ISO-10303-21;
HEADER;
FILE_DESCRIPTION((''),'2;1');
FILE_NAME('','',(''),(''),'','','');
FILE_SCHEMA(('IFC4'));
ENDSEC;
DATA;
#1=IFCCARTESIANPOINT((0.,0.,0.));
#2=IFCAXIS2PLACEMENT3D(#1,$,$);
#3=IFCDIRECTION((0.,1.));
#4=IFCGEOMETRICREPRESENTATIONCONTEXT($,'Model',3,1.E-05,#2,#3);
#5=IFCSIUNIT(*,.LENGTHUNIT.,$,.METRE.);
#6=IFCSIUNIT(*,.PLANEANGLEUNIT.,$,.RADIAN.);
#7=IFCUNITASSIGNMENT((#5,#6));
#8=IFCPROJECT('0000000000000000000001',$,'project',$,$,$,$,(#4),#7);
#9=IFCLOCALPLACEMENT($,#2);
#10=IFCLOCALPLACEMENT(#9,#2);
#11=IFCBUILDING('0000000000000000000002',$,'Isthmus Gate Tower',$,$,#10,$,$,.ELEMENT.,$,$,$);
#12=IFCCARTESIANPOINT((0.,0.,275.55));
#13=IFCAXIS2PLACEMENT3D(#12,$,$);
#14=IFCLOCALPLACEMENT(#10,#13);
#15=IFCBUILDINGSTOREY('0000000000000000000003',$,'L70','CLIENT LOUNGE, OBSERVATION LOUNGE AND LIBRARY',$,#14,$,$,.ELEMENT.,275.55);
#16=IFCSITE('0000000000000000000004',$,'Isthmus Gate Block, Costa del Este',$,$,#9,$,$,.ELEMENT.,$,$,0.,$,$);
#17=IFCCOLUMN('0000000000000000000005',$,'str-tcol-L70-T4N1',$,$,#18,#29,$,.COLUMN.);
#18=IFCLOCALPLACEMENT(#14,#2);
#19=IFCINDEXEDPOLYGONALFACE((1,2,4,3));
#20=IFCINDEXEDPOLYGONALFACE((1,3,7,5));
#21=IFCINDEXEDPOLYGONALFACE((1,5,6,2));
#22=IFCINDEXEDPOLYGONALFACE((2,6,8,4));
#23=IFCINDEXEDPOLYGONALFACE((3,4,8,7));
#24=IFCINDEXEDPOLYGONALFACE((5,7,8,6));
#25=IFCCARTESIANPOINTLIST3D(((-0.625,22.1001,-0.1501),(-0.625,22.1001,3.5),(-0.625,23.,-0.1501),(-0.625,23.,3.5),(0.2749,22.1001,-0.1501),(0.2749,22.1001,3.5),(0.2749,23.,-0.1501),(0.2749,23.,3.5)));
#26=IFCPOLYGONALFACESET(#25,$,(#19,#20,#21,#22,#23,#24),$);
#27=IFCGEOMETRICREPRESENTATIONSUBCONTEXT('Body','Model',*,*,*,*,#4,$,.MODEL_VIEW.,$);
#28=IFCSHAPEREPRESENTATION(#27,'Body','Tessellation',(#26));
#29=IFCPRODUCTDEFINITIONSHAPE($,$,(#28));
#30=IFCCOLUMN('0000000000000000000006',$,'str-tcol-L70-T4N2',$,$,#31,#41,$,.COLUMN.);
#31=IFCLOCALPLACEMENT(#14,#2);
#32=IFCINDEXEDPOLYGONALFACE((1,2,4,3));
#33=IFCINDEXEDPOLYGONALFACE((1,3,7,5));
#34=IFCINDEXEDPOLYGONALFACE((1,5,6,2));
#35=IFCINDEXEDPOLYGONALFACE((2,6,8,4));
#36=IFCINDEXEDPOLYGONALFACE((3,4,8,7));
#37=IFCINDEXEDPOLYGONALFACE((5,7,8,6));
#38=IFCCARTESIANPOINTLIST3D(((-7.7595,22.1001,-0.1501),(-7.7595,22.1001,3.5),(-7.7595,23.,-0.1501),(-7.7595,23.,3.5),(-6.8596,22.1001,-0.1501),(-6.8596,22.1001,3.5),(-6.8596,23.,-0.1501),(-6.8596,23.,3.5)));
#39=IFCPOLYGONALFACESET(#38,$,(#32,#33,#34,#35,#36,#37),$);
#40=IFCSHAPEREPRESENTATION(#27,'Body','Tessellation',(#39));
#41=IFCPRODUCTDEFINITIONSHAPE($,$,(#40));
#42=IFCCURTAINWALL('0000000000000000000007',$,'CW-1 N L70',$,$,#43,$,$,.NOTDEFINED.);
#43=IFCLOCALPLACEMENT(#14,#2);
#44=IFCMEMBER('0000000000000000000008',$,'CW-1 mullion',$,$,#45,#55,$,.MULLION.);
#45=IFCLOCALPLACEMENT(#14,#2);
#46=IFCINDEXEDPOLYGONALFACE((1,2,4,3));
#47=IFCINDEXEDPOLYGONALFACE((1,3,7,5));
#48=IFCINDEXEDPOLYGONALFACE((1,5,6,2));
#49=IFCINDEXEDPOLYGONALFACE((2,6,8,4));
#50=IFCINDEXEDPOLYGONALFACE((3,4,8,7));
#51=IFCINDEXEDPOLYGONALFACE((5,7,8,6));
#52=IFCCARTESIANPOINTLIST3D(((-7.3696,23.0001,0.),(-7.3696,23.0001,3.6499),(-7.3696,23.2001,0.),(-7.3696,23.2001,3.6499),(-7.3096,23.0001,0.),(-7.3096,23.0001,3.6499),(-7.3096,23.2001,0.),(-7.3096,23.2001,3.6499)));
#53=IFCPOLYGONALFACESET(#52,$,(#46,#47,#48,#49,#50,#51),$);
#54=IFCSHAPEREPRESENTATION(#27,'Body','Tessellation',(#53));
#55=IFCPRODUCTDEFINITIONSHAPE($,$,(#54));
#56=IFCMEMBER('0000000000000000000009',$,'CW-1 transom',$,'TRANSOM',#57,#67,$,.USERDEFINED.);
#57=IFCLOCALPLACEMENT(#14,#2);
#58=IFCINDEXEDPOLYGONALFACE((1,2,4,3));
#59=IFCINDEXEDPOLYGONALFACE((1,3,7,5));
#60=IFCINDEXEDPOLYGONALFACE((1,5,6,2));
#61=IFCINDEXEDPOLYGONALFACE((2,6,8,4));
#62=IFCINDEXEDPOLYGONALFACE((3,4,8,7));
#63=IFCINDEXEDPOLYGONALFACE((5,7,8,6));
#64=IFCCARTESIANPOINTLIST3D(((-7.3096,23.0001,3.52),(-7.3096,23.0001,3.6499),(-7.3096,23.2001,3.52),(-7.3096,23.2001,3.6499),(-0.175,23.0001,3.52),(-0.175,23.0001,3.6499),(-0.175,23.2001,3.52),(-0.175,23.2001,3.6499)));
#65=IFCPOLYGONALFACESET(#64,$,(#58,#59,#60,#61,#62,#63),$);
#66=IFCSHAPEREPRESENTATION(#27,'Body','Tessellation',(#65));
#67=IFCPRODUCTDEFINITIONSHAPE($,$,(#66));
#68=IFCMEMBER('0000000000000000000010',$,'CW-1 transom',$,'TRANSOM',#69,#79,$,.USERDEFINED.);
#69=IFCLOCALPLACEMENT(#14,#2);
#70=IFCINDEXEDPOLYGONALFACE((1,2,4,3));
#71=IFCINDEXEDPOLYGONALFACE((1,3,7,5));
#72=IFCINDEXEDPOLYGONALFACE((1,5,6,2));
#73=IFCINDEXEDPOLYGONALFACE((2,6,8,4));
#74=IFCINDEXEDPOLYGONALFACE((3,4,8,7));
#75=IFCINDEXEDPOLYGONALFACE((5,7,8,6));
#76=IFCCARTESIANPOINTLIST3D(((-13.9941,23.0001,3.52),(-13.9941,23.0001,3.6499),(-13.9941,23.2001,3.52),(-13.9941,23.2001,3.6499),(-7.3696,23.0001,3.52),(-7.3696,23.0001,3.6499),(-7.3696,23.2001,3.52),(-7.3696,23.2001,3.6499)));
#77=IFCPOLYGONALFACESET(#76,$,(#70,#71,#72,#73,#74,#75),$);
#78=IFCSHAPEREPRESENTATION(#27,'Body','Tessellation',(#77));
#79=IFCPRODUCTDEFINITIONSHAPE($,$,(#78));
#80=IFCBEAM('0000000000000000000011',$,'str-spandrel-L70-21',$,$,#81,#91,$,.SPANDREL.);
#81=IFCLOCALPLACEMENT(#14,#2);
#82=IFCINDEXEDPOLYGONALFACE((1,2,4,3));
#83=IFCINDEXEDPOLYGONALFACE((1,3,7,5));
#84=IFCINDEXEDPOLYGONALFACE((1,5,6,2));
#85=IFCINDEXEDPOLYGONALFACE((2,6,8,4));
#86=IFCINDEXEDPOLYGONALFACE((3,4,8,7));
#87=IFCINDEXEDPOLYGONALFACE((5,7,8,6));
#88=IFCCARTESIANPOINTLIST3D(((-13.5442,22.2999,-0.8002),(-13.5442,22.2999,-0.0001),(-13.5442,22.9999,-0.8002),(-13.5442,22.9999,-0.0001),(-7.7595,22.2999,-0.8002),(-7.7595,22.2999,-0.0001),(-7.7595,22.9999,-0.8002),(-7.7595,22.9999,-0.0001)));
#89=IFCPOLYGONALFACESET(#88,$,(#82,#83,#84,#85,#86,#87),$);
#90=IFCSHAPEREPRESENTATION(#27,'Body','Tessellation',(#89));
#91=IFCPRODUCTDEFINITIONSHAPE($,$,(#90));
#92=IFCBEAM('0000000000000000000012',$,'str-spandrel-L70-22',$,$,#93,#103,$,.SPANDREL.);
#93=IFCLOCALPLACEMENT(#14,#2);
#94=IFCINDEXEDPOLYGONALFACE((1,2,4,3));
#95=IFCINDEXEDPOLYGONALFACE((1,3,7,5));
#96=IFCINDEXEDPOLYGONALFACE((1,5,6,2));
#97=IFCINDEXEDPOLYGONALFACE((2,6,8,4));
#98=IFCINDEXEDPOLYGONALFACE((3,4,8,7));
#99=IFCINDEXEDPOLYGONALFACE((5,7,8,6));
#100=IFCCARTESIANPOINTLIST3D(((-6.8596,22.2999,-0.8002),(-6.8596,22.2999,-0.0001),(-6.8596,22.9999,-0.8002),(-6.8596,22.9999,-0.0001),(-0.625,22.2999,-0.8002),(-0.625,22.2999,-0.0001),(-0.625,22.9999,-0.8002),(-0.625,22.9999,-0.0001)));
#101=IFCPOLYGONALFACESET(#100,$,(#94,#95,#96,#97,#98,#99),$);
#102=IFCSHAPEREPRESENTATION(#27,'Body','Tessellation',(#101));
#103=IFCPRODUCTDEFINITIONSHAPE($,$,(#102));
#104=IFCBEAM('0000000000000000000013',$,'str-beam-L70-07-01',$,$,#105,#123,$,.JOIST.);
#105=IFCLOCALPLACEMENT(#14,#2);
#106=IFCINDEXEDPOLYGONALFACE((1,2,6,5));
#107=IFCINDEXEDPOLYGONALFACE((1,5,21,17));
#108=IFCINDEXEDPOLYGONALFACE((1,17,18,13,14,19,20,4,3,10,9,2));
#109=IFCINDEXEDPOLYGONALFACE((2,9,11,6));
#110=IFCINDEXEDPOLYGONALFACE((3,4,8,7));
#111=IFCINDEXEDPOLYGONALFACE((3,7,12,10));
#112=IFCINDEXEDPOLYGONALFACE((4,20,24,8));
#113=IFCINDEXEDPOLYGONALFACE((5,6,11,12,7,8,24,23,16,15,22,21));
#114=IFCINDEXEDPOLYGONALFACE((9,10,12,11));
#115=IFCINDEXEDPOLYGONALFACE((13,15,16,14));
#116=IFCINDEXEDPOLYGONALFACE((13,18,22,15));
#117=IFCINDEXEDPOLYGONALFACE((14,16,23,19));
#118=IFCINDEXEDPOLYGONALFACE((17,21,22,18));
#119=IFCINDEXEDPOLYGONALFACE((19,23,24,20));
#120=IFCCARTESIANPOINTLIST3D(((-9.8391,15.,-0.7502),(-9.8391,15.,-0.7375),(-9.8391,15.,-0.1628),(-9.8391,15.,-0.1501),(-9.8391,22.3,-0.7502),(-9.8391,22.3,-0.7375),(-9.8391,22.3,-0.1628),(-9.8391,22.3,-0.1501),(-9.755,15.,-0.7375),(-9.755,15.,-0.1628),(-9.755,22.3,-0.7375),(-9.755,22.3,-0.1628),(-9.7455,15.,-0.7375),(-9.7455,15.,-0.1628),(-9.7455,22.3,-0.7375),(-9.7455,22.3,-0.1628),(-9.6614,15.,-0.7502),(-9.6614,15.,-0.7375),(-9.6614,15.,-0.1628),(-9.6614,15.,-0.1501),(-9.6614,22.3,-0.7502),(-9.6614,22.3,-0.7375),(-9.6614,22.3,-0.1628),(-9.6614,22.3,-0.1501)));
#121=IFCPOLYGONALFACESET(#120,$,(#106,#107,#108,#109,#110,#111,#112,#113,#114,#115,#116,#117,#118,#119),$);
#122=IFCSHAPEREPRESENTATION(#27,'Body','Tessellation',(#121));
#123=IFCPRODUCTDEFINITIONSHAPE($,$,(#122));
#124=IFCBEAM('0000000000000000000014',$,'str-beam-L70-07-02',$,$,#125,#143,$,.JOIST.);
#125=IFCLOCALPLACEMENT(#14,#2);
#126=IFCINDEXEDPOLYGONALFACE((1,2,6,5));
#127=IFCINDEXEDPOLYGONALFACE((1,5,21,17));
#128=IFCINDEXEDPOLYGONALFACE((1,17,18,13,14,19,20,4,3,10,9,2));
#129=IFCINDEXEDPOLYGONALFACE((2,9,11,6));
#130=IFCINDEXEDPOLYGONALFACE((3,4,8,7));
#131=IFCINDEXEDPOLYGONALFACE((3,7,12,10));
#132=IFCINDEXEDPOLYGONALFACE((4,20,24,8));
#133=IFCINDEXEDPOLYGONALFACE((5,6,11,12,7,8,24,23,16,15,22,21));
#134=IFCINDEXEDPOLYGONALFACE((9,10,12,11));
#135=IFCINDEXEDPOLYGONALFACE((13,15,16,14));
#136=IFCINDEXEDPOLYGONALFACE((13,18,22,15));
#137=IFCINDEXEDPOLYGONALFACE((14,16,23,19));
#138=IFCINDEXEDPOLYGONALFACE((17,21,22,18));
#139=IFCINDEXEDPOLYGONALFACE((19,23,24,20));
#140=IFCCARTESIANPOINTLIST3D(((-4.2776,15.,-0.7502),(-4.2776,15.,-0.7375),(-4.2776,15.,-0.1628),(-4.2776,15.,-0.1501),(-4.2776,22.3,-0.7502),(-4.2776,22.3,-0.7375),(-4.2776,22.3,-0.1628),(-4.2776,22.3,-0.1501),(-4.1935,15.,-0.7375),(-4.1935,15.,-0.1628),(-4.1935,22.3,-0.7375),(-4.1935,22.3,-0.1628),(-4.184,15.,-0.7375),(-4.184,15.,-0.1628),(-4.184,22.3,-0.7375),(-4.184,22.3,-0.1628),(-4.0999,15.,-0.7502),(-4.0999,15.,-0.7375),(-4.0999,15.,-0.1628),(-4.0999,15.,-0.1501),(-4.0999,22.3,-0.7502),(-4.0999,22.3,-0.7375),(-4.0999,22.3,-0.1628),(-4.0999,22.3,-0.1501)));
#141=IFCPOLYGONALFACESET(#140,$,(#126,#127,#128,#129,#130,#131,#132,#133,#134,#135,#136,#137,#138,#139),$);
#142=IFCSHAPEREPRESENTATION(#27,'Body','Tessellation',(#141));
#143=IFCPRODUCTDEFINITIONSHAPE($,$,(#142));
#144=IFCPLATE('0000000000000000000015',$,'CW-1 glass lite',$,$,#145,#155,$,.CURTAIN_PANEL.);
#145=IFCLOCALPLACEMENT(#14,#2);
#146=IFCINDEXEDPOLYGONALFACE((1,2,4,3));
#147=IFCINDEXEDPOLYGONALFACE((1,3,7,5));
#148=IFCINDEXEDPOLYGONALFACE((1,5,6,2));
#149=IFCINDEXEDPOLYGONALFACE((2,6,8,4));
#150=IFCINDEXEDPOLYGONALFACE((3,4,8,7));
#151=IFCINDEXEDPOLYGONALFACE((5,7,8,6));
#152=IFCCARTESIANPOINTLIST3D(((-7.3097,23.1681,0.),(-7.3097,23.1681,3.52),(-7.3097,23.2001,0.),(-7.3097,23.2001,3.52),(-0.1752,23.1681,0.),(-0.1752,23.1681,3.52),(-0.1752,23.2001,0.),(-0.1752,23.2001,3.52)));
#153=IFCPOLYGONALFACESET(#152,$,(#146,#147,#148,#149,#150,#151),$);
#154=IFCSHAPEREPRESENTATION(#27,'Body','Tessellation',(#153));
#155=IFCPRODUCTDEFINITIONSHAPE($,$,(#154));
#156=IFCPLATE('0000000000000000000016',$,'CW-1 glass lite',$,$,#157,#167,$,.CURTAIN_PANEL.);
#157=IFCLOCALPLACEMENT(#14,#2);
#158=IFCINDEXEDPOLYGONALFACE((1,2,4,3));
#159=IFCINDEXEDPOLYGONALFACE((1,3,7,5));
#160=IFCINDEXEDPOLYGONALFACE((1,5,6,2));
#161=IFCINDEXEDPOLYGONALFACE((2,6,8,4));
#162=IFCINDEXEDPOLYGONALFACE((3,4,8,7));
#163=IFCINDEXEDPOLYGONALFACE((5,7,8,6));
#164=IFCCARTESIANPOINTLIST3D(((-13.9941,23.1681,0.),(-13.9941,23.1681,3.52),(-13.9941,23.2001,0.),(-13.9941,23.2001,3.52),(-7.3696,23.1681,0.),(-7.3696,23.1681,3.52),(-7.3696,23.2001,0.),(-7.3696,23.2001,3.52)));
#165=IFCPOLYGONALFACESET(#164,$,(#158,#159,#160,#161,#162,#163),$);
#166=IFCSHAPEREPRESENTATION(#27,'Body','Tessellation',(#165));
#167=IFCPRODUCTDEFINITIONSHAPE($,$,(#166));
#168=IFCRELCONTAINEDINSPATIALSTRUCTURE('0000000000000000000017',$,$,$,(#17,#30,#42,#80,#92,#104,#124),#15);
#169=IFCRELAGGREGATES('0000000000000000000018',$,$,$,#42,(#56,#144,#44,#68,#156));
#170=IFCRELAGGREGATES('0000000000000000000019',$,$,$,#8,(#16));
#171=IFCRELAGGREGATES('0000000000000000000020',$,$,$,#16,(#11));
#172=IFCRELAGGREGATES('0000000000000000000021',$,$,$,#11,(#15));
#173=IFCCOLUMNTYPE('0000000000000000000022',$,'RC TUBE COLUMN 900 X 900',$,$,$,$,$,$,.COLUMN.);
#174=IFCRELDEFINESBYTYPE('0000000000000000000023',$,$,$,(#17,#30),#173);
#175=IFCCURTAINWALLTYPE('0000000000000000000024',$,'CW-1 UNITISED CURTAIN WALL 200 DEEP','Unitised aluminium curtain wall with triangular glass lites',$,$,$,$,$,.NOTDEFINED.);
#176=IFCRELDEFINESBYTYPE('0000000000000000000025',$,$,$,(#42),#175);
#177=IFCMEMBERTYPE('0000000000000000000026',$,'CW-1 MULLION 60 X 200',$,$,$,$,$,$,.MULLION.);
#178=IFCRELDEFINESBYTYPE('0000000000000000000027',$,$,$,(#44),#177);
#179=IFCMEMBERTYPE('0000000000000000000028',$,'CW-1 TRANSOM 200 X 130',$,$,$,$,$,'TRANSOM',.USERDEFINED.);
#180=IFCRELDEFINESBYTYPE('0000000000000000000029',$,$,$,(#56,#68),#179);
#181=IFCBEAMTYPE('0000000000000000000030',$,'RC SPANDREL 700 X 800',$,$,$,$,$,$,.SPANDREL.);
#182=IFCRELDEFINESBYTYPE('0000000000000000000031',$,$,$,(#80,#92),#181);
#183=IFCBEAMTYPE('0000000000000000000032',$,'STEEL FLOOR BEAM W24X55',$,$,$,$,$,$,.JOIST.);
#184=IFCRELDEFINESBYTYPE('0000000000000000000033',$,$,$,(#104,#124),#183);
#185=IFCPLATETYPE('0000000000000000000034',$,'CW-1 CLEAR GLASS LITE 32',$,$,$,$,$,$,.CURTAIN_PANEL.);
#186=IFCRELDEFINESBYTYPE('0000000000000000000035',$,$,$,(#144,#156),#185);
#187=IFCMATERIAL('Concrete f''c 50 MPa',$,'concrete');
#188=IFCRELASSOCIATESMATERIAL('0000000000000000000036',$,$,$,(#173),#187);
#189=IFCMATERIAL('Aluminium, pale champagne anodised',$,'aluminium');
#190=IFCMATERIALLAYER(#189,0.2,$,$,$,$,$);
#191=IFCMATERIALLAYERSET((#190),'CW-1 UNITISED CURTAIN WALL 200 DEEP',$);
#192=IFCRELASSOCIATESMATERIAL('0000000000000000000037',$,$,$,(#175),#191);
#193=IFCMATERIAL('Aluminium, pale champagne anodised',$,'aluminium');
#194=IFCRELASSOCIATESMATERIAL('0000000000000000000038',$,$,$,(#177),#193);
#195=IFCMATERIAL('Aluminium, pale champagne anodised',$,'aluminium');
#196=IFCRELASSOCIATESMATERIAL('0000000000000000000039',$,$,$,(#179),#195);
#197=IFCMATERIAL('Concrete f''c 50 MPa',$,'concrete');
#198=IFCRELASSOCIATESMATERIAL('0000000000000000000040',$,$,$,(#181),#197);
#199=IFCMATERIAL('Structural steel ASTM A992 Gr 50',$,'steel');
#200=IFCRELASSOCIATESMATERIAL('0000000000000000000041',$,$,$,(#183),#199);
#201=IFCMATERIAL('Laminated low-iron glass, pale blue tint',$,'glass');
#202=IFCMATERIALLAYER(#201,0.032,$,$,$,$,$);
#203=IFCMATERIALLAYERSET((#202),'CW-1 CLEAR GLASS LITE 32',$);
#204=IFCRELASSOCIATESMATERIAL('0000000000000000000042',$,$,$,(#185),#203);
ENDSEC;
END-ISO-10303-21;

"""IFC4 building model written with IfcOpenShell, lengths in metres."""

from ifc_helpers import new_model, si_unit, direction, frame, origin, origin_2d, place, context, subcontext, project, spatial, rectangle, i_section, extrude, material, layer, layer_set, material_profile, profile_set, type_object, element, aggregate, save


model = new_model("IFC4")

# Units and contexts
model_context = context("Model", 3, precision=1e-05, world=origin(), true_north=direction((0.0, 1.0)))
body_context = subcontext(model_context, "Body", "Model", "MODEL_VIEW")
ifc_project = project(units=[si_unit("LENGTHUNIT", "METRE"), si_unit("PLANEANGLEUNIT", "RADIAN")], contexts=[model_context])

# Site, building, storey
site_placement = place(None, origin())
site = spatial("IfcSite", under=ifc_project, at=site_placement, Name="Isthmus Gate Block, Costa del Este", CompositionType="ELEMENT", RefElevation=0.0)
building_placement = place(site_placement, origin())
building = spatial("IfcBuilding", under=site, at=building_placement, Name="Isthmus Gate Tower", CompositionType="ELEMENT")
storey_placement = place(building_placement, frame((0.0, 0.0, 275.55)))
storey = spatial("IfcBuildingStorey", under=building, at=storey_placement, Name="L70", Description="CLIENT LOUNGE, OBSERVATION LOUNGE AND LIBRARY", CompositionType="ELEMENT", Elevation=275.55)

# Columns
ifc_material_1 = material(Name="Concrete f'c 50 MPa", Category="concrete")
ifc_material_profile_1 = material_profile(ifc_material_1, rectangle(XDim=0.8999, YDim=0.8999, at=origin_2d()), Name="RC 900X900")
ifc_profile_set_1 = profile_set([ifc_material_profile_1], Name="Concrete f'c 50 MPa")
column_type = type_object("IfcColumnType", Name="RC TUBE COLUMN 900 X 900", PredefinedType="COLUMN", material=ifc_profile_set_1)
for number, where, z_axis, x_axis, name in (
    (1, (-0.175, 22.55, -0.1501), (0.0, 0.0, 1.0), (-1.0, 0.0, 0.0), "str-tcol-L70-T4N1"),
    (2, (-7.3096, 22.55, -0.1501), (0.0, 0.0, 1.0), (-1.0, 0.0, 0.0), "str-tcol-L70-T4N2"),
):
    element("IfcColumn", number, at=place(storey_placement, frame(where, z_axis=z_axis, x_axis=x_axis)), inside=storey, type_object=column_type, Name=name, PredefinedType="COLUMN", context=body_context, shape_type="SweptSolid", body=[
        extrude(rectangle(XDim=0.8999, YDim=0.8999, at=origin_2d()), origin(), (0.0, 0.0, 1.0), 3.6501),
    ])

# Curtain wall, members
ifc_material_2 = material(Name="Aluminium, pale champagne anodised", Category="aluminium")
ifc_layer_1 = layer(ifc_material_2, 0.2)
ifc_layer_set_1 = layer_set([ifc_layer_1], Name="CW-1 UNITISED CURTAIN WALL 200 DEEP")
curtain_wall_type = type_object("IfcCurtainWallType", Name="CW-1 UNITISED CURTAIN WALL 200 DEEP", Description="Unitised aluminium curtain wall with triangular glass lites", PredefinedType="NOTDEFINED", material=ifc_layer_set_1)
curtain_wall_placement = place(storey_placement, origin())
curtain_wall = element("IfcCurtainWall", 3, at=curtain_wall_placement, inside=storey, type_object=curtain_wall_type, Name="CW-1 N L70", PredefinedType="NOTDEFINED")
ifc_material_3 = material(Name="Aluminium, pale champagne anodised", Category="aluminium")
ifc_material_profile_2 = material_profile(ifc_material_3, rectangle(XDim=0.0601, YDim=0.2, at=origin_2d()), Name="60x200")
ifc_profile_set_2 = profile_set([ifc_material_profile_2], Name="Aluminium, pale champagne anodised")
member_type_1 = type_object("IfcMemberType", Name="CW-1 MULLION 60 X 200", PredefinedType="MULLION", material=ifc_profile_set_2)
member_1_placement = place(storey_placement, frame((-7.3396, 23.1001, 0.0), z_axis=(0.0, 0.0, 1.0), x_axis=(-1.0, 0.0, 0.0)))
member_1 = element("IfcMember", 4, at=member_1_placement, type_object=member_type_1, Name="CW-1 mullion", PredefinedType="MULLION", context=body_context, shape_type="SweptSolid", body=[
    extrude(rectangle(XDim=0.0601, YDim=0.2, at=origin_2d()), origin(), (0.0, 0.0, 1.0), 3.6499),
])
ifc_material_4 = material(Name="Aluminium, pale champagne anodised", Category="aluminium")
ifc_material_profile_3 = material_profile(ifc_material_4, rectangle(XDim=0.2, YDim=0.1299, at=origin_2d()), Name="200x130")
ifc_profile_set_3 = profile_set([ifc_material_profile_3], Name="Aluminium, pale champagne anodised")
member_type_2 = type_object("IfcMemberType", Name="CW-1 TRANSOM 200 X 130", ElementType="TRANSOM", PredefinedType="USERDEFINED", material=ifc_profile_set_3)
member_2_placement = place(storey_placement, frame((-0.175, 23.1001, 3.585), z_axis=(-1.0, 0.0, 0.0), x_axis=(0.0, -1.0, 0.0)))
member_2 = element("IfcMember", 5, at=member_2_placement, type_object=member_type_2, Name="CW-1 transom", ObjectType="TRANSOM", PredefinedType="USERDEFINED", context=body_context, shape_type="SweptSolid", body=[
    extrude(rectangle(XDim=0.2, YDim=0.1299, at=origin_2d()), origin(), (0.0, 0.0, 1.0), 7.1345),
])
member_3_placement = place(storey_placement, frame((-7.3696, 23.1001, 3.585), z_axis=(-1.0, 0.0, 0.0), x_axis=(0.0, -1.0, 0.0)))
member_3 = element("IfcMember", 6, at=member_3_placement, type_object=member_type_2, Name="CW-1 transom", ObjectType="TRANSOM", PredefinedType="USERDEFINED", context=body_context, shape_type="SweptSolid", body=[
    extrude(rectangle(XDim=0.2, YDim=0.1299, at=origin_2d()), origin(), (0.0, 0.0, 1.0), 6.6245),
])

# Beams
ifc_material_5 = material(Name="Concrete f'c 50 MPa", Category="concrete")
ifc_material_profile_4 = material_profile(ifc_material_5, rectangle(XDim=0.7, YDim=0.8, at=origin_2d()), Name="RC 700X800")
ifc_profile_set_4 = profile_set([ifc_material_profile_4], Name="Concrete f'c 50 MPa")
beam_type_1 = type_object("IfcBeamType", Name="RC SPANDREL 700 X 800", PredefinedType="SPANDREL", material=ifc_profile_set_4)
beam_1_placement = place(storey_placement, frame((-13.5442, 22.6499, -0.4001), z_axis=(1.0, 0.0, 0.0), x_axis=(0.0, 1.0, 0.0)))
element("IfcBeam", 7, at=beam_1_placement, inside=storey, type_object=beam_type_1, Name="str-spandrel-L70-21", PredefinedType="SPANDREL", context=body_context, shape_type="SweptSolid", body=[
    extrude(rectangle(XDim=0.7, YDim=0.8, at=origin_2d()), origin(), (0.0, 0.0, 1.0), 5.7847),
])
beam_2_placement = place(storey_placement, frame((-6.8596, 22.6499, -0.4001), z_axis=(1.0, 0.0, 0.0), x_axis=(0.0, 1.0, 0.0)))
element("IfcBeam", 8, at=beam_2_placement, inside=storey, type_object=beam_type_1, Name="str-spandrel-L70-22", PredefinedType="SPANDREL", context=body_context, shape_type="SweptSolid", body=[
    extrude(rectangle(XDim=0.7, YDim=0.8, at=origin_2d()), origin(), (0.0, 0.0, 1.0), 6.2346),
])
ifc_material_6 = material(Name="Structural steel ASTM A992 Gr 50", Category="steel")
ifc_material_profile_5 = material_profile(ifc_material_6, i_section(OverallWidth=0.1777, OverallDepth=0.6001, WebThickness=0.0095, FlangeThickness=0.0127, at=origin_2d()), Name="W24X55")
ifc_profile_set_5 = profile_set([ifc_material_profile_5], Name="Structural steel ASTM A992 Gr 50")
beam_type_2 = type_object("IfcBeamType", Name="STEEL FLOOR BEAM W24X55", PredefinedType="JOIST", material=ifc_profile_set_5)
for number, where, z_axis, x_axis, name in (
    (9, (-9.7502, 15.0, -0.4502), (0.0, 1.0, 0.0), (-1.0, 0.0, 0.0), "str-beam-L70-07-01"),
    (10, (-4.1887, 15.0, -0.4502), (0.0, 1.0, 0.0), (-1.0, 0.0, 0.0), "str-beam-L70-07-02"),
):
    element("IfcBeam", number, at=place(storey_placement, frame(where, z_axis=z_axis, x_axis=x_axis)), inside=storey, type_object=beam_type_2, Name=name, PredefinedType="JOIST", context=body_context, shape_type="SweptSolid", body=[
        extrude(i_section(OverallWidth=0.1777, OverallDepth=0.6001, WebThickness=0.0095, FlangeThickness=0.0127, at=origin_2d()), origin(), (0.0, 0.0, 1.0), 7.3),
    ])

# Plates
ifc_material_7 = material(Name="Laminated low-iron glass, pale blue tint", Category="glass")
ifc_layer_2 = layer(ifc_material_7, 0.032)
ifc_layer_set_2 = layer_set([ifc_layer_2], Name="CW-1 CLEAR GLASS LITE 32")
plate_type = type_object("IfcPlateType", Name="CW-1 CLEAR GLASS LITE 32", PredefinedType="CURTAIN_PANEL", material=ifc_layer_set_2)
plate_1_placement = place(storey_placement, frame((-3.7424, 23.1841, 0.0), z_axis=(0.0, 0.0, 1.0), x_axis=(-1.0, 0.0, 0.0)))
plate_1 = element("IfcPlate", 11, at=plate_1_placement, type_object=plate_type, Name="CW-1 glass lite", PredefinedType="CURTAIN_PANEL", context=body_context, shape_type="SweptSolid", body=[
    extrude(rectangle(XDim=7.1345, YDim=0.032, at=origin_2d()), origin(), (0.0, 0.0, 1.0), 3.52),
])
plate_2_placement = place(storey_placement, frame((-10.6819, 23.1841, 0.0), z_axis=(0.0, 0.0, 1.0), x_axis=(-1.0, 0.0, 0.0)))
plate_2 = element("IfcPlate", 12, at=plate_2_placement, type_object=plate_type, Name="CW-1 glass lite", PredefinedType="CURTAIN_PANEL", context=body_context, shape_type="SweptSolid", body=[
    extrude(rectangle(XDim=6.6245, YDim=0.032, at=origin_2d()), origin(), (0.0, 0.0, 1.0), 3.52),
])
aggregate(curtain_wall, [member_2, plate_1, member_1, member_3, plate_2])

save(model, "model.ifc")
